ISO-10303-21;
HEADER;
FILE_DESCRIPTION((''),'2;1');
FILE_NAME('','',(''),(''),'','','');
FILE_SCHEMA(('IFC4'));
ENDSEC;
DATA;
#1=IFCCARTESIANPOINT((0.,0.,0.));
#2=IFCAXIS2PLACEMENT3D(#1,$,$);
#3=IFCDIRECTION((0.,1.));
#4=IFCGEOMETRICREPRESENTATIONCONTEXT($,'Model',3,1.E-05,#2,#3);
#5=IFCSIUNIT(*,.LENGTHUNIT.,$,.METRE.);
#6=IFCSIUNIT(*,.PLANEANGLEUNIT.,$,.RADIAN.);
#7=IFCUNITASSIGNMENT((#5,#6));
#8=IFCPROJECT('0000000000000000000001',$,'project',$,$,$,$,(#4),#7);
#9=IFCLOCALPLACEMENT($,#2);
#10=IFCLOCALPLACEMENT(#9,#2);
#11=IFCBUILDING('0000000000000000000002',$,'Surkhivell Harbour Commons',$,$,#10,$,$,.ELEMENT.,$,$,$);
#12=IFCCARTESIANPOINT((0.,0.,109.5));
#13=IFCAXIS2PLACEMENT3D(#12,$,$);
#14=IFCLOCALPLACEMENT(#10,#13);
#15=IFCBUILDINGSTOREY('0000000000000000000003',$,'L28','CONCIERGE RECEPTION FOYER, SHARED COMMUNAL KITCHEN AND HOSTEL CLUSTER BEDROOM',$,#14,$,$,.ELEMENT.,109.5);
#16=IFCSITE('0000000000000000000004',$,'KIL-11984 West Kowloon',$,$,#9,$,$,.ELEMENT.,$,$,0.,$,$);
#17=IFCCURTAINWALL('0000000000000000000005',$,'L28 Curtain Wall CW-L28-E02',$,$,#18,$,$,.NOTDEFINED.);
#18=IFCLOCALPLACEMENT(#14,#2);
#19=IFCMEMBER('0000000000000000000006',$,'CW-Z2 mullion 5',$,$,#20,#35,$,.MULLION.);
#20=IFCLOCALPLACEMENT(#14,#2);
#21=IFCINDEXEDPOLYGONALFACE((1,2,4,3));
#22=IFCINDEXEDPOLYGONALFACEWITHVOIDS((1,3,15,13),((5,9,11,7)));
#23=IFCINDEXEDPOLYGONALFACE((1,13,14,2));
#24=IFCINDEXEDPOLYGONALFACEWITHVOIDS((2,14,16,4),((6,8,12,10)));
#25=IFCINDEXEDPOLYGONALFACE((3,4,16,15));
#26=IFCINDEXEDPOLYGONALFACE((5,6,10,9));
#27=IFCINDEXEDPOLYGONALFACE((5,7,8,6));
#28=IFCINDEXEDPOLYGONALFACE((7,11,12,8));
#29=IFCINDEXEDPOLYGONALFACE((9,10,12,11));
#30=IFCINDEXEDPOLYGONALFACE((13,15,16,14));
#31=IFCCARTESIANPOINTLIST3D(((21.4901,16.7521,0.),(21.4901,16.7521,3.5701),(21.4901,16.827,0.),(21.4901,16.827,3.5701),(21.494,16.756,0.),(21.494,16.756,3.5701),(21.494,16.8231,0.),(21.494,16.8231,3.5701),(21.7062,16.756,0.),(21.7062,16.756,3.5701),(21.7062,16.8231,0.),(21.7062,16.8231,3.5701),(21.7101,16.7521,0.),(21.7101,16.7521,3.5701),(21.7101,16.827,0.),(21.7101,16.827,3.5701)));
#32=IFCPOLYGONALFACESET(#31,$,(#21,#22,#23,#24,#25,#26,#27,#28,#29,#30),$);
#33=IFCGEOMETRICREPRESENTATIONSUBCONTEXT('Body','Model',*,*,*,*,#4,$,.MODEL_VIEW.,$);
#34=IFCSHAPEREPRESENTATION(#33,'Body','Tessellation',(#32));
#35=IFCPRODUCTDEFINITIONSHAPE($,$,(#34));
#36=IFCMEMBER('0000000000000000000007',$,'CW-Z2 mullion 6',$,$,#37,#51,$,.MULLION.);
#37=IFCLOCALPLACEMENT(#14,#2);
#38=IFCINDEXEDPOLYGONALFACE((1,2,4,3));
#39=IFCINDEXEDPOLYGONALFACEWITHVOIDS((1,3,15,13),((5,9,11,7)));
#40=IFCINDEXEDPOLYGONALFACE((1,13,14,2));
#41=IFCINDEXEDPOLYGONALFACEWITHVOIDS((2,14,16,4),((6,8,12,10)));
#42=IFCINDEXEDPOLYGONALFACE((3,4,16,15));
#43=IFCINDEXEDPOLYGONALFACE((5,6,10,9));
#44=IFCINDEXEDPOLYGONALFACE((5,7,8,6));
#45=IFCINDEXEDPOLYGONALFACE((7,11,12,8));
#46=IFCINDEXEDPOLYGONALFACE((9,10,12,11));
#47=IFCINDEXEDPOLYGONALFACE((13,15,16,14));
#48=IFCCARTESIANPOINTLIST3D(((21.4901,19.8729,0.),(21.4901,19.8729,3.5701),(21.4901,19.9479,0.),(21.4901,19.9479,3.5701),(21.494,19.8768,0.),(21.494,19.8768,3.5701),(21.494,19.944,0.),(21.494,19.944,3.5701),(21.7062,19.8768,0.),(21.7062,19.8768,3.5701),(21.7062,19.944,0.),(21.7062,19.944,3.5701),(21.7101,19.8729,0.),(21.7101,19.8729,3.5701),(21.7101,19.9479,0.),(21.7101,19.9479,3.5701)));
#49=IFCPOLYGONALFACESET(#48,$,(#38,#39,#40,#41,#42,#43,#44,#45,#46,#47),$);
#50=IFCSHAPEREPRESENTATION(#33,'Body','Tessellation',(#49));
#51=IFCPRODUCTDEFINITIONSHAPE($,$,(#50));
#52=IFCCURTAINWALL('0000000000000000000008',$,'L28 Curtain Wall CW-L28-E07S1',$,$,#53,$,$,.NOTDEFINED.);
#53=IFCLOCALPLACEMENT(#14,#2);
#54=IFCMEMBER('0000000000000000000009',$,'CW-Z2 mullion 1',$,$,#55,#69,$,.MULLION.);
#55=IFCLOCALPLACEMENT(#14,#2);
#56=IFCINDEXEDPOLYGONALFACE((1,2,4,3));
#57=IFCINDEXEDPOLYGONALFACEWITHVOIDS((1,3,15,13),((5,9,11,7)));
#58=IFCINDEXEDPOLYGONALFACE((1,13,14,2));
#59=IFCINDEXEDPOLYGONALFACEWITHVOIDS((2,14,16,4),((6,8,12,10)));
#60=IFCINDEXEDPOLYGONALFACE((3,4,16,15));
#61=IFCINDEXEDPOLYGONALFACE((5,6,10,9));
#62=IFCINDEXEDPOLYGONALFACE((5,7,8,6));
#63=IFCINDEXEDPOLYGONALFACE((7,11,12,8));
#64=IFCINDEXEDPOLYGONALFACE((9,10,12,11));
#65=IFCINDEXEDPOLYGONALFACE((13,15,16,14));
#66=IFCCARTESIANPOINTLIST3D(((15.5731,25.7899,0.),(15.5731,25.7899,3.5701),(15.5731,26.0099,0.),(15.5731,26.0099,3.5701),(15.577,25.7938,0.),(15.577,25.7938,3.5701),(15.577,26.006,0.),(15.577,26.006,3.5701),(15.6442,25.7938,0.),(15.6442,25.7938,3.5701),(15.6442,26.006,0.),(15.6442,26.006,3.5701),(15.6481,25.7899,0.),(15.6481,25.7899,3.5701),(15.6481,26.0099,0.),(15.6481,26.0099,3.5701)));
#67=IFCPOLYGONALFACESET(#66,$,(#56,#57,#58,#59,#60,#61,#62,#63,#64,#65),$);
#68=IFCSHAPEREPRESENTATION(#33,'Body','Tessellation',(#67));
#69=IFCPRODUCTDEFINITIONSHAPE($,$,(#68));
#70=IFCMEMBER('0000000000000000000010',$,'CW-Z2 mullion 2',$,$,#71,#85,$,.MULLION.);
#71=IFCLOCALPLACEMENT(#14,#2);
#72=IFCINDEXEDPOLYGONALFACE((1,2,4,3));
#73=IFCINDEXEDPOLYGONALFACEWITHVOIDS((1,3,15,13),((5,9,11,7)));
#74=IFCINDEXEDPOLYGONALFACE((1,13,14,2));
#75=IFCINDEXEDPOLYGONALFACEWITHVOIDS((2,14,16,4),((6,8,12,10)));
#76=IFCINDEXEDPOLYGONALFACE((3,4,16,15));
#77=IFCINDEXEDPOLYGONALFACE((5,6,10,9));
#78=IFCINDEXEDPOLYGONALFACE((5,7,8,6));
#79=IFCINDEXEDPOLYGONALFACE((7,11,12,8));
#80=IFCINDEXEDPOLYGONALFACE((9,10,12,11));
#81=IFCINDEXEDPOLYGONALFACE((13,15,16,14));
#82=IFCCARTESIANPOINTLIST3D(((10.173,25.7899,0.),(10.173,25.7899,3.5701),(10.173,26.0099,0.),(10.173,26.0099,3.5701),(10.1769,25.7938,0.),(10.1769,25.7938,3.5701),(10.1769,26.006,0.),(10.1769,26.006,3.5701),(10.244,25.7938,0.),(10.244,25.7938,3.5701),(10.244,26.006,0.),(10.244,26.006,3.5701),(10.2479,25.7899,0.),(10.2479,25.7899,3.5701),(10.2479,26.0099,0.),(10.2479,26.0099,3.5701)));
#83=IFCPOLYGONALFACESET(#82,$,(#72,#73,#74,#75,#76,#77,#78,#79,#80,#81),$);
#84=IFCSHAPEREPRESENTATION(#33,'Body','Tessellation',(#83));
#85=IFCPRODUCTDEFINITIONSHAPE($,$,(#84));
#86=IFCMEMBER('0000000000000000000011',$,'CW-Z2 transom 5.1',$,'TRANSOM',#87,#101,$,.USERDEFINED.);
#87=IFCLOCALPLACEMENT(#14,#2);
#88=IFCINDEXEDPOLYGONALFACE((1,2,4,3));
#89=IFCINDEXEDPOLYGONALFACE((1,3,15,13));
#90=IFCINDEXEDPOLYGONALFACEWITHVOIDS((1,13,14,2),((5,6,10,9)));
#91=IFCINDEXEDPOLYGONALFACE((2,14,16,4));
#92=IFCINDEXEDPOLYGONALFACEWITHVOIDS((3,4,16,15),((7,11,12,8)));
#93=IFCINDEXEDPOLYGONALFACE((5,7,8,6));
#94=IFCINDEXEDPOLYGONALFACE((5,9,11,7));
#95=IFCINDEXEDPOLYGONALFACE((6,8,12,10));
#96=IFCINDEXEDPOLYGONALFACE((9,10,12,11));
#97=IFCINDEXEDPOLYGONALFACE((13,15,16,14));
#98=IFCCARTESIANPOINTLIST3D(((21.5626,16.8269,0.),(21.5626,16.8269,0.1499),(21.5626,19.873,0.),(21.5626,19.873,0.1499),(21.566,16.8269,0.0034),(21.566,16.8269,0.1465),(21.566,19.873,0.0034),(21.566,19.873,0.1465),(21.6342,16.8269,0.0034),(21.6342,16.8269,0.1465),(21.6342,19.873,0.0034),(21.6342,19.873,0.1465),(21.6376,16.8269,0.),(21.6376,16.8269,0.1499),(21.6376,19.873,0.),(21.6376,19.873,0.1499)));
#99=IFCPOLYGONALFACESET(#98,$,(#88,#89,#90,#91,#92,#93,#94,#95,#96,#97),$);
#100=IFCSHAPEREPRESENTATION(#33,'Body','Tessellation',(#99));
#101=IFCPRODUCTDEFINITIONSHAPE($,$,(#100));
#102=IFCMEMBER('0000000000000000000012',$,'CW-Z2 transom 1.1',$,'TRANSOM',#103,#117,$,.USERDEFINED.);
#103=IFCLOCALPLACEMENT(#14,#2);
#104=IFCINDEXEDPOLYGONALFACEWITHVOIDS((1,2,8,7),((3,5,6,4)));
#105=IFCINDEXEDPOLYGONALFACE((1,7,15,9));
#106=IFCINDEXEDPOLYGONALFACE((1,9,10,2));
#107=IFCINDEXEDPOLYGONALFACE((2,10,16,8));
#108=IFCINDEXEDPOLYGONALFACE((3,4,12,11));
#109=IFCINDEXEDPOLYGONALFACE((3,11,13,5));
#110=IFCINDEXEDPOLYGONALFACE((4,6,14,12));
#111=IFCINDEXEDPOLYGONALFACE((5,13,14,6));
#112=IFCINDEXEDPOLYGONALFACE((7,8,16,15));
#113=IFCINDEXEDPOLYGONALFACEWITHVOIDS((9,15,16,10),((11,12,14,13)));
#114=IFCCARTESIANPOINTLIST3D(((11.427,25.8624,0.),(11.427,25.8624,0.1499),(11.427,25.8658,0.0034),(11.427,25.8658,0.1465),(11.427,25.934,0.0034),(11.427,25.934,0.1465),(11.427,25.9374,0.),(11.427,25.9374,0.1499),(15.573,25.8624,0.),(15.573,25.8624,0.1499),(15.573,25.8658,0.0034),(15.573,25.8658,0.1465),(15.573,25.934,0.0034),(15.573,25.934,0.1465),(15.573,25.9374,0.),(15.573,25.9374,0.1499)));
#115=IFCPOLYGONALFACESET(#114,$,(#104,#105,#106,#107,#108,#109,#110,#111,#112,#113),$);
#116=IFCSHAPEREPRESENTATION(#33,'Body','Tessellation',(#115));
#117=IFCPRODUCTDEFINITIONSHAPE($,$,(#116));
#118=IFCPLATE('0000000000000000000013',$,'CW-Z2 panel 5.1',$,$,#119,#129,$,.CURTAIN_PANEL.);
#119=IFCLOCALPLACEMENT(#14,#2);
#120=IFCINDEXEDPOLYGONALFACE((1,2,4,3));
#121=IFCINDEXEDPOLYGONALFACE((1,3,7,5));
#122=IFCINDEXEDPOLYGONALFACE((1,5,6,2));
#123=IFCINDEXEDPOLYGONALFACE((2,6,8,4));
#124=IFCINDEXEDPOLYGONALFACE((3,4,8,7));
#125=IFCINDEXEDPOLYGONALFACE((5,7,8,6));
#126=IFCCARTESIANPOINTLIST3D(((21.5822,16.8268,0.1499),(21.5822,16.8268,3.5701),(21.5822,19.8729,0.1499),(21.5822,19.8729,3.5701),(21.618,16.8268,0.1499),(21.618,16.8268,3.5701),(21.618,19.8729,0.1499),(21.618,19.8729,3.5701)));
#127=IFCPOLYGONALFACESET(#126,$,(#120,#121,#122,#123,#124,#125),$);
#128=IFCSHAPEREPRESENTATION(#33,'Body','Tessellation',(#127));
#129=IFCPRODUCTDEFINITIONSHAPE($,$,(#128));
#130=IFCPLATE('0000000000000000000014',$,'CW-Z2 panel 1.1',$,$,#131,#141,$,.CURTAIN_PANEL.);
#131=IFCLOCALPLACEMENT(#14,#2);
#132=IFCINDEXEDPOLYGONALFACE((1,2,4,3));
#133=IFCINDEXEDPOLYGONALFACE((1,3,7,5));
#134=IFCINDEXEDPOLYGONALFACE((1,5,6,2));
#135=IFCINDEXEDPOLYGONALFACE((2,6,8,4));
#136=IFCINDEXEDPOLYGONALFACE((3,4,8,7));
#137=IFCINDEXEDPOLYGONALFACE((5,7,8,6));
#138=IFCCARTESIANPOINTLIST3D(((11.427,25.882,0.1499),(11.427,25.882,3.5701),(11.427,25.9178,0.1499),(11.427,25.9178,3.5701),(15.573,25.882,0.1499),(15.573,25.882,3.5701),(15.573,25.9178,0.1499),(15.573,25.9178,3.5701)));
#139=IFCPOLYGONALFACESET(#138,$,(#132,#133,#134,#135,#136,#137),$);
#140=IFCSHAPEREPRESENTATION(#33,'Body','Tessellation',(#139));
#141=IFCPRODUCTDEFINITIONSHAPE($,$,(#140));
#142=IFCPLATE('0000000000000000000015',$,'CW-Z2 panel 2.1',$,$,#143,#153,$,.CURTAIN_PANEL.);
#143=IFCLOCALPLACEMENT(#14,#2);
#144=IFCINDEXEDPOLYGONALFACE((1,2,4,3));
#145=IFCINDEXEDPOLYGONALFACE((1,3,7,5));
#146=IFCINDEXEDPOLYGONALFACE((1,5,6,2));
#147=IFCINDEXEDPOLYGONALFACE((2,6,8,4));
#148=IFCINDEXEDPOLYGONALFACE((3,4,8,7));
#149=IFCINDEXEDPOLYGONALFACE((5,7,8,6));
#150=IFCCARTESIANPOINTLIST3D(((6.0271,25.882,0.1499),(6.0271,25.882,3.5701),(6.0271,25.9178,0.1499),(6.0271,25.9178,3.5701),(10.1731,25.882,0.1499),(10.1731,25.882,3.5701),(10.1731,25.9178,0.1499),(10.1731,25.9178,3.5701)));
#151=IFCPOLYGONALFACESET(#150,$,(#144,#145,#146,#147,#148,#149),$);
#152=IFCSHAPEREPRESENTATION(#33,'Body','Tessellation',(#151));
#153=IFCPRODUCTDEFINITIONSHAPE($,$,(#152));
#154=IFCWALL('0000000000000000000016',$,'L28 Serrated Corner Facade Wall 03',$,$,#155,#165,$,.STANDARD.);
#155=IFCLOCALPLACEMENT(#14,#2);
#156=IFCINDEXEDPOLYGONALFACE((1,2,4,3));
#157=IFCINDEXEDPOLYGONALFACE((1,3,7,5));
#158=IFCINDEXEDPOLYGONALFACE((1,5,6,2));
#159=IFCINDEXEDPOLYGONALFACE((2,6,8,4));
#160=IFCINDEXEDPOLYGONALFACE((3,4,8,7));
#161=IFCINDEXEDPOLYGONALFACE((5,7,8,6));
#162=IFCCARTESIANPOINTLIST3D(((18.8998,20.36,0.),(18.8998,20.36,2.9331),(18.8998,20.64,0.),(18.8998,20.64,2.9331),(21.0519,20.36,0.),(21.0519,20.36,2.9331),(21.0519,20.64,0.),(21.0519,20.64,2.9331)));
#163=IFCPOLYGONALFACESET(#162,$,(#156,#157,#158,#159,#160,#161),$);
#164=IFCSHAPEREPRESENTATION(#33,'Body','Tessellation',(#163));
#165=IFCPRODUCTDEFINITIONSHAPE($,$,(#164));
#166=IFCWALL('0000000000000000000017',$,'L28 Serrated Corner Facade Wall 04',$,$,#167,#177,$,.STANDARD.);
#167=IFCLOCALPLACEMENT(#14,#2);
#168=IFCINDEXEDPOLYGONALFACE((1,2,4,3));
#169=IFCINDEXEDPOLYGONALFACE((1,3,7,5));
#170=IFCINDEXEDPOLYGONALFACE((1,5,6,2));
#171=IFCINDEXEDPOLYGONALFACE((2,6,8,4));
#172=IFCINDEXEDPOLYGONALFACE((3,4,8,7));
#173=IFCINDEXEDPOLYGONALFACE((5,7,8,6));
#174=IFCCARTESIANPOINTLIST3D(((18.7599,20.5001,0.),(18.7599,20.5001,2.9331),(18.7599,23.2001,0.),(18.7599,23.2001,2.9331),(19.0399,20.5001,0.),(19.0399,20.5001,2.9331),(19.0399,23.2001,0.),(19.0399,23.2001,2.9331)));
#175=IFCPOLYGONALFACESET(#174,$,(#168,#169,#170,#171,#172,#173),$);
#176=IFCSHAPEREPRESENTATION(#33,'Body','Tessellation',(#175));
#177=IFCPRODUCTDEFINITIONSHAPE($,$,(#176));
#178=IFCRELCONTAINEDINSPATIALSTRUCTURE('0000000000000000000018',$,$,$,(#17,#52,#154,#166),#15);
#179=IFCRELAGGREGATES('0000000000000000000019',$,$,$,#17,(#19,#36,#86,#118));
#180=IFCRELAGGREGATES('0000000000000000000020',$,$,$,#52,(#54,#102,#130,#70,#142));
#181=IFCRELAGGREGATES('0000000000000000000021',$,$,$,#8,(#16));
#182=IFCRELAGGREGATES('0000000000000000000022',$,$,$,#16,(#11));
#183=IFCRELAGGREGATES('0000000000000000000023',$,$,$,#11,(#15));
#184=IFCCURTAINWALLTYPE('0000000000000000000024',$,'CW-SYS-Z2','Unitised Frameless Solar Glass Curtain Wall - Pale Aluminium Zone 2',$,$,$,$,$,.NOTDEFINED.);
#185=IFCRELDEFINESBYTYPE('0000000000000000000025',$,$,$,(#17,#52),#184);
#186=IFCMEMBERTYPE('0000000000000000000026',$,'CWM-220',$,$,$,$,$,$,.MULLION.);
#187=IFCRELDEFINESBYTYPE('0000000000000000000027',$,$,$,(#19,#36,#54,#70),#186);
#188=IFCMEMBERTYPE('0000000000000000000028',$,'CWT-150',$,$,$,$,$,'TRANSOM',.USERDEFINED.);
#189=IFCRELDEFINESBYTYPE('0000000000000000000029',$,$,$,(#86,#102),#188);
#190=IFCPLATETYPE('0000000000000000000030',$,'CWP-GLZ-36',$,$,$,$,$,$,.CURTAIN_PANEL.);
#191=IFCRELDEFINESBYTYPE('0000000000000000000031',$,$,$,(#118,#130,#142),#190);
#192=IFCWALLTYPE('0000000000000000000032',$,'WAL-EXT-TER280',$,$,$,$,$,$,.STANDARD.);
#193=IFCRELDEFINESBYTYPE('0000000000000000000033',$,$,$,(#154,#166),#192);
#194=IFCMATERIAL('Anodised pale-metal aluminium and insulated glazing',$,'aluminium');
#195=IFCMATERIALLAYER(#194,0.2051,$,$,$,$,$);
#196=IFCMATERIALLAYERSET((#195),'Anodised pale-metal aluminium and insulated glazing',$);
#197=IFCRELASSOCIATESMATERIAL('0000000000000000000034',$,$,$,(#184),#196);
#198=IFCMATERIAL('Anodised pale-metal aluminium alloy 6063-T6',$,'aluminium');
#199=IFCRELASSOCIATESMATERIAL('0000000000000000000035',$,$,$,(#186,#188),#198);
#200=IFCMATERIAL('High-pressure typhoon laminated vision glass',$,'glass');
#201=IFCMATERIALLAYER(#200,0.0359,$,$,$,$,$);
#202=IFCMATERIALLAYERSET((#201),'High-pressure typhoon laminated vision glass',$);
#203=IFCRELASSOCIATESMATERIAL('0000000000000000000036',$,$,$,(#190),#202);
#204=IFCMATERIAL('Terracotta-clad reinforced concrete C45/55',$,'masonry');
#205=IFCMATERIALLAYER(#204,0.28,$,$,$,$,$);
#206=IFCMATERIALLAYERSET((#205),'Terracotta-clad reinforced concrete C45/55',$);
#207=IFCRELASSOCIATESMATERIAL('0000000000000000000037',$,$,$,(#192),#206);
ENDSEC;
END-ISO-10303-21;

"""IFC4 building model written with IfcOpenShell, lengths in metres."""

from ifc_helpers import new_model, si_unit, direction, frame, frame_2d, origin, origin_2d, place, context, subcontext, project, spatial, rectangle, hollow_rectangle, extrude, material, layer, layer_set, material_profile, profile_set, type_object, element, aggregate, save


model = new_model("IFC4")

# Units and contexts
model_context = context("Model", 3, precision=1e-05, world=origin(), true_north=direction((0.0, 1.0)))
body_context = subcontext(model_context, "Body", "Model", "MODEL_VIEW")
ifc_project = project(units=[si_unit("LENGTHUNIT", "METRE"), si_unit("PLANEANGLEUNIT", "RADIAN")], contexts=[model_context])

# Site, building, storey
site_placement = place(None, origin())
site = spatial("IfcSite", under=ifc_project, at=site_placement, Name="KIL-11984 West Kowloon", CompositionType="ELEMENT", RefElevation=0.0)
building_placement = place(site_placement, origin())
building = spatial("IfcBuilding", under=site, at=building_placement, Name="Surkhivell Harbour Commons", CompositionType="ELEMENT")
storey_placement = place(building_placement, frame((0.0, 0.0, 109.5)))
storey = spatial("IfcBuildingStorey", under=building, at=storey_placement, Name="L28", Description="CONCIERGE RECEPTION FOYER, SHARED COMMUNAL KITCHEN AND HOSTEL CLUSTER BEDROOM", CompositionType="ELEMENT", Elevation=109.5)

# Curtain walls, members
ifc_material_1 = material(Name="Anodised pale-metal aluminium and insulated glazing", Category="aluminium")
ifc_layer_1 = layer(ifc_material_1, 0.2051)
ifc_layer_set_1 = layer_set([ifc_layer_1], Name="Anodised pale-metal aluminium and insulated glazing")
curtain_wall_type = type_object("IfcCurtainWallType", Name="CW-SYS-Z2", Description="Unitised Frameless Solar Glass Curtain Wall - Pale Aluminium Zone 2", PredefinedType="NOTDEFINED", material=ifc_layer_set_1)
curtain_wall_1_placement = place(storey_placement, origin())
curtain_wall_1 = element("IfcCurtainWall", 1, at=curtain_wall_1_placement, inside=storey, type_object=curtain_wall_type, Name="L28 Curtain Wall CW-L28-E02", PredefinedType="NOTDEFINED")
ifc_material_2 = material(Name="Anodised pale-metal aluminium alloy 6063-T6", Category="aluminium")
ifc_material_profile_1 = material_profile(ifc_material_2, hollow_rectangle(XDim=0.075, YDim=0.22, WallThickness=0.0039, at=origin_2d()), Name="ALU-MULL-75x220")
ifc_profile_set_1 = profile_set([ifc_material_profile_1], Name="Anodised pale-metal aluminium alloy 6063-T6")
member_type_1 = type_object("IfcMemberType", Name="CWM-220", PredefinedType="MULLION", material=ifc_profile_set_1)
member_1_placement = place(storey_placement, frame((21.6001, 16.7896, 0.0), z_axis=(0.0, 0.0, 1.0), x_axis=(0.0, 1.0, 0.0)))
member_1 = element("IfcMember", 2, at=member_1_placement, type_object=member_type_1, Name="CW-Z2 mullion 5", PredefinedType="MULLION", context=body_context, shape_type="SweptSolid", body=[
    extrude(hollow_rectangle(XDim=0.075, YDim=0.22, WallThickness=0.0039, at=origin_2d()), origin(), (0.0, 0.0, 1.0), 3.5701),
])
member_2_placement = place(storey_placement, frame((21.6001, 19.9104, 0.0), z_axis=(0.0, 0.0, 1.0), x_axis=(0.0, 1.0, 0.0)))
member_2 = element("IfcMember", 3, at=member_2_placement, type_object=member_type_1, Name="CW-Z2 mullion 6", PredefinedType="MULLION", context=body_context, shape_type="SweptSolid", body=[
    extrude(hollow_rectangle(XDim=0.075, YDim=0.22, WallThickness=0.0039, at=origin_2d()), origin(), (0.0, 0.0, 1.0), 3.5701),
])
curtain_wall_2_placement = place(storey_placement, origin())
curtain_wall_2 = element("IfcCurtainWall", 4, at=curtain_wall_2_placement, inside=storey, type_object=curtain_wall_type, Name="L28 Curtain Wall CW-L28-E07S1", PredefinedType="NOTDEFINED")
member_3_placement = place(storey_placement, frame((15.6106, 25.8999, 0.0), z_axis=(0.0, 0.0, 1.0), x_axis=(-1.0, 0.0, 0.0)))
member_3 = element("IfcMember", 5, at=member_3_placement, type_object=member_type_1, Name="CW-Z2 mullion 1", PredefinedType="MULLION", context=body_context, shape_type="SweptSolid", body=[
    extrude(hollow_rectangle(XDim=0.075, YDim=0.22, WallThickness=0.0039, at=origin_2d()), origin(), (0.0, 0.0, 1.0), 3.5701),
])
member_4_placement = place(storey_placement, frame((10.2104, 25.8999, 0.0), z_axis=(0.0, 0.0, 1.0), x_axis=(-1.0, 0.0, 0.0)))
member_4 = element("IfcMember", 6, at=member_4_placement, type_object=member_type_1, Name="CW-Z2 mullion 2", PredefinedType="MULLION", context=body_context, shape_type="SweptSolid", body=[
    extrude(hollow_rectangle(XDim=0.075, YDim=0.22, WallThickness=0.0039, at=origin_2d()), origin(), (0.0, 0.0, 1.0), 3.5701),
])

# Members
ifc_material_profile_2 = material_profile(ifc_material_2, hollow_rectangle(XDim=0.075, YDim=0.1499, WallThickness=0.0034, at=origin_2d()), Name="ALU-TRAN-75x150")
ifc_profile_set_2 = profile_set([ifc_material_profile_2], Name="Anodised pale-metal aluminium alloy 6063-T6")
member_type_2 = type_object("IfcMemberType", Name="CWT-150", ElementType="TRANSOM", PredefinedType="USERDEFINED", material=ifc_profile_set_2)
member_5_placement = place(storey_placement, frame((21.6001, 16.8269, 0.075), z_axis=(0.0, 1.0, 0.0), x_axis=(-1.0, 0.0, 0.0)))
member_5 = element("IfcMember", 7, at=member_5_placement, type_object=member_type_2, Name="CW-Z2 transom 5.1", ObjectType="TRANSOM", PredefinedType="USERDEFINED", context=body_context, shape_type="SweptSolid", body=[
    extrude(hollow_rectangle(XDim=0.075, YDim=0.1499, WallThickness=0.0034, at=origin_2d()), origin(), (0.0, 0.0, 1.0), 3.0461),
])
member_6_placement = place(storey_placement, frame((15.573, 25.8999, 0.075), z_axis=(-1.0, 0.0, 0.0), x_axis=(0.0, -1.0, 0.0)))
member_6 = element("IfcMember", 8, at=member_6_placement, type_object=member_type_2, Name="CW-Z2 transom 1.1", ObjectType="TRANSOM", PredefinedType="USERDEFINED", context=body_context, shape_type="SweptSolid", body=[
    extrude(hollow_rectangle(XDim=0.075, YDim=0.1499, WallThickness=0.0034, at=origin_2d()), origin(), (0.0, 0.0, 1.0), 4.146),
])

# Plates
ifc_material_3 = material(Name="High-pressure typhoon laminated vision glass", Category="glass")
ifc_layer_2 = layer(ifc_material_3, 0.0359)
ifc_layer_set_2 = layer_set([ifc_layer_2], Name="High-pressure typhoon laminated vision glass")
plate_type = type_object("IfcPlateType", Name="CWP-GLZ-36", PredefinedType="CURTAIN_PANEL", material=ifc_layer_set_2)
plate_1_placement = place(storey_placement, frame((21.6001, 16.8269, 0.1499), z_axis=(0.0, 0.0, 1.0), x_axis=(0.0, 1.0, 0.0)))
plate_1 = element("IfcPlate", 9, at=plate_1_placement, type_object=plate_type, Name="CW-Z2 panel 5.1", PredefinedType="CURTAIN_PANEL", context=body_context, shape_type="SweptSolid", body=[
    extrude(rectangle(XDim=3.0461, YDim=0.0359, at=frame_2d((1.5229, 0.0))), origin(), (0.0, 0.0, 1.0), 3.4202),
])
aggregate(curtain_wall_1, [member_1, member_2, member_5, plate_1])
plate_2_placement = place(storey_placement, frame((15.573, 25.8999, 0.1499), z_axis=(0.0, 0.0, 1.0), x_axis=(-1.0, 0.0, 0.0)))
plate_2 = element("IfcPlate", 10, at=plate_2_placement, type_object=plate_type, Name="CW-Z2 panel 1.1", PredefinedType="CURTAIN_PANEL", context=body_context, shape_type="SweptSolid", body=[
    extrude(rectangle(XDim=4.146, YDim=0.0359, at=frame_2d((2.073, 0.0))), origin(), (0.0, 0.0, 1.0), 3.4202),
])
plate_3_placement = place(storey_placement, frame((10.1731, 25.8999, 0.1499), z_axis=(0.0, 0.0, 1.0), x_axis=(-1.0, 0.0, 0.0)))
plate_3 = element("IfcPlate", 11, at=plate_3_placement, type_object=plate_type, Name="CW-Z2 panel 2.1", PredefinedType="CURTAIN_PANEL", context=body_context, shape_type="SweptSolid", body=[
    extrude(rectangle(XDim=4.146, YDim=0.0359, at=frame_2d((2.073, 0.0))), origin(), (0.0, 0.0, 1.0), 3.4202),
])
aggregate(curtain_wall_2, [member_3, member_6, plate_2, member_4, plate_3])

# Walls
ifc_material_4 = material(Name="Terracotta-clad reinforced concrete C45/55", Category="masonry")
ifc_layer_3 = layer(ifc_material_4, 0.28)
ifc_layer_set_3 = layer_set([ifc_layer_3], Name="Terracotta-clad reinforced concrete C45/55")
wall_type = type_object("IfcWallType", Name="WAL-EXT-TER280", PredefinedType="STANDARD", material=ifc_layer_set_3)
wall_1_placement = place(storey_placement, frame((21.052, 20.5, 0.0), z_axis=(0.0, 0.0, 1.0), x_axis=(-1.0, 0.0, 0.0)))
element("IfcWall", 12, at=wall_1_placement, inside=storey, type_object=wall_type, Name="L28 Serrated Corner Facade Wall 03", PredefinedType="STANDARD", context=body_context, shape_type="SweptSolid", body=[
    extrude(rectangle(XDim=2.1521, YDim=0.28, at=frame_2d((1.0762, 0.0))), origin(), (0.0, 0.0, 1.0), 2.9331),
])
wall_2_placement = place(storey_placement, frame((18.8999, 20.5, 0.0), z_axis=(0.0, 0.0, 1.0), x_axis=(0.0, 1.0, 0.0)))
element("IfcWall", 13, at=wall_2_placement, inside=storey, type_object=wall_type, Name="L28 Serrated Corner Facade Wall 04", PredefinedType="STANDARD", context=body_context, shape_type="SweptSolid", body=[
    extrude(rectangle(XDim=2.7, YDim=0.28, at=frame_2d((1.3501, 0.0))), origin(), (0.0, 0.0, 1.0), 2.9331),
])

save(model, "model.ifc")
